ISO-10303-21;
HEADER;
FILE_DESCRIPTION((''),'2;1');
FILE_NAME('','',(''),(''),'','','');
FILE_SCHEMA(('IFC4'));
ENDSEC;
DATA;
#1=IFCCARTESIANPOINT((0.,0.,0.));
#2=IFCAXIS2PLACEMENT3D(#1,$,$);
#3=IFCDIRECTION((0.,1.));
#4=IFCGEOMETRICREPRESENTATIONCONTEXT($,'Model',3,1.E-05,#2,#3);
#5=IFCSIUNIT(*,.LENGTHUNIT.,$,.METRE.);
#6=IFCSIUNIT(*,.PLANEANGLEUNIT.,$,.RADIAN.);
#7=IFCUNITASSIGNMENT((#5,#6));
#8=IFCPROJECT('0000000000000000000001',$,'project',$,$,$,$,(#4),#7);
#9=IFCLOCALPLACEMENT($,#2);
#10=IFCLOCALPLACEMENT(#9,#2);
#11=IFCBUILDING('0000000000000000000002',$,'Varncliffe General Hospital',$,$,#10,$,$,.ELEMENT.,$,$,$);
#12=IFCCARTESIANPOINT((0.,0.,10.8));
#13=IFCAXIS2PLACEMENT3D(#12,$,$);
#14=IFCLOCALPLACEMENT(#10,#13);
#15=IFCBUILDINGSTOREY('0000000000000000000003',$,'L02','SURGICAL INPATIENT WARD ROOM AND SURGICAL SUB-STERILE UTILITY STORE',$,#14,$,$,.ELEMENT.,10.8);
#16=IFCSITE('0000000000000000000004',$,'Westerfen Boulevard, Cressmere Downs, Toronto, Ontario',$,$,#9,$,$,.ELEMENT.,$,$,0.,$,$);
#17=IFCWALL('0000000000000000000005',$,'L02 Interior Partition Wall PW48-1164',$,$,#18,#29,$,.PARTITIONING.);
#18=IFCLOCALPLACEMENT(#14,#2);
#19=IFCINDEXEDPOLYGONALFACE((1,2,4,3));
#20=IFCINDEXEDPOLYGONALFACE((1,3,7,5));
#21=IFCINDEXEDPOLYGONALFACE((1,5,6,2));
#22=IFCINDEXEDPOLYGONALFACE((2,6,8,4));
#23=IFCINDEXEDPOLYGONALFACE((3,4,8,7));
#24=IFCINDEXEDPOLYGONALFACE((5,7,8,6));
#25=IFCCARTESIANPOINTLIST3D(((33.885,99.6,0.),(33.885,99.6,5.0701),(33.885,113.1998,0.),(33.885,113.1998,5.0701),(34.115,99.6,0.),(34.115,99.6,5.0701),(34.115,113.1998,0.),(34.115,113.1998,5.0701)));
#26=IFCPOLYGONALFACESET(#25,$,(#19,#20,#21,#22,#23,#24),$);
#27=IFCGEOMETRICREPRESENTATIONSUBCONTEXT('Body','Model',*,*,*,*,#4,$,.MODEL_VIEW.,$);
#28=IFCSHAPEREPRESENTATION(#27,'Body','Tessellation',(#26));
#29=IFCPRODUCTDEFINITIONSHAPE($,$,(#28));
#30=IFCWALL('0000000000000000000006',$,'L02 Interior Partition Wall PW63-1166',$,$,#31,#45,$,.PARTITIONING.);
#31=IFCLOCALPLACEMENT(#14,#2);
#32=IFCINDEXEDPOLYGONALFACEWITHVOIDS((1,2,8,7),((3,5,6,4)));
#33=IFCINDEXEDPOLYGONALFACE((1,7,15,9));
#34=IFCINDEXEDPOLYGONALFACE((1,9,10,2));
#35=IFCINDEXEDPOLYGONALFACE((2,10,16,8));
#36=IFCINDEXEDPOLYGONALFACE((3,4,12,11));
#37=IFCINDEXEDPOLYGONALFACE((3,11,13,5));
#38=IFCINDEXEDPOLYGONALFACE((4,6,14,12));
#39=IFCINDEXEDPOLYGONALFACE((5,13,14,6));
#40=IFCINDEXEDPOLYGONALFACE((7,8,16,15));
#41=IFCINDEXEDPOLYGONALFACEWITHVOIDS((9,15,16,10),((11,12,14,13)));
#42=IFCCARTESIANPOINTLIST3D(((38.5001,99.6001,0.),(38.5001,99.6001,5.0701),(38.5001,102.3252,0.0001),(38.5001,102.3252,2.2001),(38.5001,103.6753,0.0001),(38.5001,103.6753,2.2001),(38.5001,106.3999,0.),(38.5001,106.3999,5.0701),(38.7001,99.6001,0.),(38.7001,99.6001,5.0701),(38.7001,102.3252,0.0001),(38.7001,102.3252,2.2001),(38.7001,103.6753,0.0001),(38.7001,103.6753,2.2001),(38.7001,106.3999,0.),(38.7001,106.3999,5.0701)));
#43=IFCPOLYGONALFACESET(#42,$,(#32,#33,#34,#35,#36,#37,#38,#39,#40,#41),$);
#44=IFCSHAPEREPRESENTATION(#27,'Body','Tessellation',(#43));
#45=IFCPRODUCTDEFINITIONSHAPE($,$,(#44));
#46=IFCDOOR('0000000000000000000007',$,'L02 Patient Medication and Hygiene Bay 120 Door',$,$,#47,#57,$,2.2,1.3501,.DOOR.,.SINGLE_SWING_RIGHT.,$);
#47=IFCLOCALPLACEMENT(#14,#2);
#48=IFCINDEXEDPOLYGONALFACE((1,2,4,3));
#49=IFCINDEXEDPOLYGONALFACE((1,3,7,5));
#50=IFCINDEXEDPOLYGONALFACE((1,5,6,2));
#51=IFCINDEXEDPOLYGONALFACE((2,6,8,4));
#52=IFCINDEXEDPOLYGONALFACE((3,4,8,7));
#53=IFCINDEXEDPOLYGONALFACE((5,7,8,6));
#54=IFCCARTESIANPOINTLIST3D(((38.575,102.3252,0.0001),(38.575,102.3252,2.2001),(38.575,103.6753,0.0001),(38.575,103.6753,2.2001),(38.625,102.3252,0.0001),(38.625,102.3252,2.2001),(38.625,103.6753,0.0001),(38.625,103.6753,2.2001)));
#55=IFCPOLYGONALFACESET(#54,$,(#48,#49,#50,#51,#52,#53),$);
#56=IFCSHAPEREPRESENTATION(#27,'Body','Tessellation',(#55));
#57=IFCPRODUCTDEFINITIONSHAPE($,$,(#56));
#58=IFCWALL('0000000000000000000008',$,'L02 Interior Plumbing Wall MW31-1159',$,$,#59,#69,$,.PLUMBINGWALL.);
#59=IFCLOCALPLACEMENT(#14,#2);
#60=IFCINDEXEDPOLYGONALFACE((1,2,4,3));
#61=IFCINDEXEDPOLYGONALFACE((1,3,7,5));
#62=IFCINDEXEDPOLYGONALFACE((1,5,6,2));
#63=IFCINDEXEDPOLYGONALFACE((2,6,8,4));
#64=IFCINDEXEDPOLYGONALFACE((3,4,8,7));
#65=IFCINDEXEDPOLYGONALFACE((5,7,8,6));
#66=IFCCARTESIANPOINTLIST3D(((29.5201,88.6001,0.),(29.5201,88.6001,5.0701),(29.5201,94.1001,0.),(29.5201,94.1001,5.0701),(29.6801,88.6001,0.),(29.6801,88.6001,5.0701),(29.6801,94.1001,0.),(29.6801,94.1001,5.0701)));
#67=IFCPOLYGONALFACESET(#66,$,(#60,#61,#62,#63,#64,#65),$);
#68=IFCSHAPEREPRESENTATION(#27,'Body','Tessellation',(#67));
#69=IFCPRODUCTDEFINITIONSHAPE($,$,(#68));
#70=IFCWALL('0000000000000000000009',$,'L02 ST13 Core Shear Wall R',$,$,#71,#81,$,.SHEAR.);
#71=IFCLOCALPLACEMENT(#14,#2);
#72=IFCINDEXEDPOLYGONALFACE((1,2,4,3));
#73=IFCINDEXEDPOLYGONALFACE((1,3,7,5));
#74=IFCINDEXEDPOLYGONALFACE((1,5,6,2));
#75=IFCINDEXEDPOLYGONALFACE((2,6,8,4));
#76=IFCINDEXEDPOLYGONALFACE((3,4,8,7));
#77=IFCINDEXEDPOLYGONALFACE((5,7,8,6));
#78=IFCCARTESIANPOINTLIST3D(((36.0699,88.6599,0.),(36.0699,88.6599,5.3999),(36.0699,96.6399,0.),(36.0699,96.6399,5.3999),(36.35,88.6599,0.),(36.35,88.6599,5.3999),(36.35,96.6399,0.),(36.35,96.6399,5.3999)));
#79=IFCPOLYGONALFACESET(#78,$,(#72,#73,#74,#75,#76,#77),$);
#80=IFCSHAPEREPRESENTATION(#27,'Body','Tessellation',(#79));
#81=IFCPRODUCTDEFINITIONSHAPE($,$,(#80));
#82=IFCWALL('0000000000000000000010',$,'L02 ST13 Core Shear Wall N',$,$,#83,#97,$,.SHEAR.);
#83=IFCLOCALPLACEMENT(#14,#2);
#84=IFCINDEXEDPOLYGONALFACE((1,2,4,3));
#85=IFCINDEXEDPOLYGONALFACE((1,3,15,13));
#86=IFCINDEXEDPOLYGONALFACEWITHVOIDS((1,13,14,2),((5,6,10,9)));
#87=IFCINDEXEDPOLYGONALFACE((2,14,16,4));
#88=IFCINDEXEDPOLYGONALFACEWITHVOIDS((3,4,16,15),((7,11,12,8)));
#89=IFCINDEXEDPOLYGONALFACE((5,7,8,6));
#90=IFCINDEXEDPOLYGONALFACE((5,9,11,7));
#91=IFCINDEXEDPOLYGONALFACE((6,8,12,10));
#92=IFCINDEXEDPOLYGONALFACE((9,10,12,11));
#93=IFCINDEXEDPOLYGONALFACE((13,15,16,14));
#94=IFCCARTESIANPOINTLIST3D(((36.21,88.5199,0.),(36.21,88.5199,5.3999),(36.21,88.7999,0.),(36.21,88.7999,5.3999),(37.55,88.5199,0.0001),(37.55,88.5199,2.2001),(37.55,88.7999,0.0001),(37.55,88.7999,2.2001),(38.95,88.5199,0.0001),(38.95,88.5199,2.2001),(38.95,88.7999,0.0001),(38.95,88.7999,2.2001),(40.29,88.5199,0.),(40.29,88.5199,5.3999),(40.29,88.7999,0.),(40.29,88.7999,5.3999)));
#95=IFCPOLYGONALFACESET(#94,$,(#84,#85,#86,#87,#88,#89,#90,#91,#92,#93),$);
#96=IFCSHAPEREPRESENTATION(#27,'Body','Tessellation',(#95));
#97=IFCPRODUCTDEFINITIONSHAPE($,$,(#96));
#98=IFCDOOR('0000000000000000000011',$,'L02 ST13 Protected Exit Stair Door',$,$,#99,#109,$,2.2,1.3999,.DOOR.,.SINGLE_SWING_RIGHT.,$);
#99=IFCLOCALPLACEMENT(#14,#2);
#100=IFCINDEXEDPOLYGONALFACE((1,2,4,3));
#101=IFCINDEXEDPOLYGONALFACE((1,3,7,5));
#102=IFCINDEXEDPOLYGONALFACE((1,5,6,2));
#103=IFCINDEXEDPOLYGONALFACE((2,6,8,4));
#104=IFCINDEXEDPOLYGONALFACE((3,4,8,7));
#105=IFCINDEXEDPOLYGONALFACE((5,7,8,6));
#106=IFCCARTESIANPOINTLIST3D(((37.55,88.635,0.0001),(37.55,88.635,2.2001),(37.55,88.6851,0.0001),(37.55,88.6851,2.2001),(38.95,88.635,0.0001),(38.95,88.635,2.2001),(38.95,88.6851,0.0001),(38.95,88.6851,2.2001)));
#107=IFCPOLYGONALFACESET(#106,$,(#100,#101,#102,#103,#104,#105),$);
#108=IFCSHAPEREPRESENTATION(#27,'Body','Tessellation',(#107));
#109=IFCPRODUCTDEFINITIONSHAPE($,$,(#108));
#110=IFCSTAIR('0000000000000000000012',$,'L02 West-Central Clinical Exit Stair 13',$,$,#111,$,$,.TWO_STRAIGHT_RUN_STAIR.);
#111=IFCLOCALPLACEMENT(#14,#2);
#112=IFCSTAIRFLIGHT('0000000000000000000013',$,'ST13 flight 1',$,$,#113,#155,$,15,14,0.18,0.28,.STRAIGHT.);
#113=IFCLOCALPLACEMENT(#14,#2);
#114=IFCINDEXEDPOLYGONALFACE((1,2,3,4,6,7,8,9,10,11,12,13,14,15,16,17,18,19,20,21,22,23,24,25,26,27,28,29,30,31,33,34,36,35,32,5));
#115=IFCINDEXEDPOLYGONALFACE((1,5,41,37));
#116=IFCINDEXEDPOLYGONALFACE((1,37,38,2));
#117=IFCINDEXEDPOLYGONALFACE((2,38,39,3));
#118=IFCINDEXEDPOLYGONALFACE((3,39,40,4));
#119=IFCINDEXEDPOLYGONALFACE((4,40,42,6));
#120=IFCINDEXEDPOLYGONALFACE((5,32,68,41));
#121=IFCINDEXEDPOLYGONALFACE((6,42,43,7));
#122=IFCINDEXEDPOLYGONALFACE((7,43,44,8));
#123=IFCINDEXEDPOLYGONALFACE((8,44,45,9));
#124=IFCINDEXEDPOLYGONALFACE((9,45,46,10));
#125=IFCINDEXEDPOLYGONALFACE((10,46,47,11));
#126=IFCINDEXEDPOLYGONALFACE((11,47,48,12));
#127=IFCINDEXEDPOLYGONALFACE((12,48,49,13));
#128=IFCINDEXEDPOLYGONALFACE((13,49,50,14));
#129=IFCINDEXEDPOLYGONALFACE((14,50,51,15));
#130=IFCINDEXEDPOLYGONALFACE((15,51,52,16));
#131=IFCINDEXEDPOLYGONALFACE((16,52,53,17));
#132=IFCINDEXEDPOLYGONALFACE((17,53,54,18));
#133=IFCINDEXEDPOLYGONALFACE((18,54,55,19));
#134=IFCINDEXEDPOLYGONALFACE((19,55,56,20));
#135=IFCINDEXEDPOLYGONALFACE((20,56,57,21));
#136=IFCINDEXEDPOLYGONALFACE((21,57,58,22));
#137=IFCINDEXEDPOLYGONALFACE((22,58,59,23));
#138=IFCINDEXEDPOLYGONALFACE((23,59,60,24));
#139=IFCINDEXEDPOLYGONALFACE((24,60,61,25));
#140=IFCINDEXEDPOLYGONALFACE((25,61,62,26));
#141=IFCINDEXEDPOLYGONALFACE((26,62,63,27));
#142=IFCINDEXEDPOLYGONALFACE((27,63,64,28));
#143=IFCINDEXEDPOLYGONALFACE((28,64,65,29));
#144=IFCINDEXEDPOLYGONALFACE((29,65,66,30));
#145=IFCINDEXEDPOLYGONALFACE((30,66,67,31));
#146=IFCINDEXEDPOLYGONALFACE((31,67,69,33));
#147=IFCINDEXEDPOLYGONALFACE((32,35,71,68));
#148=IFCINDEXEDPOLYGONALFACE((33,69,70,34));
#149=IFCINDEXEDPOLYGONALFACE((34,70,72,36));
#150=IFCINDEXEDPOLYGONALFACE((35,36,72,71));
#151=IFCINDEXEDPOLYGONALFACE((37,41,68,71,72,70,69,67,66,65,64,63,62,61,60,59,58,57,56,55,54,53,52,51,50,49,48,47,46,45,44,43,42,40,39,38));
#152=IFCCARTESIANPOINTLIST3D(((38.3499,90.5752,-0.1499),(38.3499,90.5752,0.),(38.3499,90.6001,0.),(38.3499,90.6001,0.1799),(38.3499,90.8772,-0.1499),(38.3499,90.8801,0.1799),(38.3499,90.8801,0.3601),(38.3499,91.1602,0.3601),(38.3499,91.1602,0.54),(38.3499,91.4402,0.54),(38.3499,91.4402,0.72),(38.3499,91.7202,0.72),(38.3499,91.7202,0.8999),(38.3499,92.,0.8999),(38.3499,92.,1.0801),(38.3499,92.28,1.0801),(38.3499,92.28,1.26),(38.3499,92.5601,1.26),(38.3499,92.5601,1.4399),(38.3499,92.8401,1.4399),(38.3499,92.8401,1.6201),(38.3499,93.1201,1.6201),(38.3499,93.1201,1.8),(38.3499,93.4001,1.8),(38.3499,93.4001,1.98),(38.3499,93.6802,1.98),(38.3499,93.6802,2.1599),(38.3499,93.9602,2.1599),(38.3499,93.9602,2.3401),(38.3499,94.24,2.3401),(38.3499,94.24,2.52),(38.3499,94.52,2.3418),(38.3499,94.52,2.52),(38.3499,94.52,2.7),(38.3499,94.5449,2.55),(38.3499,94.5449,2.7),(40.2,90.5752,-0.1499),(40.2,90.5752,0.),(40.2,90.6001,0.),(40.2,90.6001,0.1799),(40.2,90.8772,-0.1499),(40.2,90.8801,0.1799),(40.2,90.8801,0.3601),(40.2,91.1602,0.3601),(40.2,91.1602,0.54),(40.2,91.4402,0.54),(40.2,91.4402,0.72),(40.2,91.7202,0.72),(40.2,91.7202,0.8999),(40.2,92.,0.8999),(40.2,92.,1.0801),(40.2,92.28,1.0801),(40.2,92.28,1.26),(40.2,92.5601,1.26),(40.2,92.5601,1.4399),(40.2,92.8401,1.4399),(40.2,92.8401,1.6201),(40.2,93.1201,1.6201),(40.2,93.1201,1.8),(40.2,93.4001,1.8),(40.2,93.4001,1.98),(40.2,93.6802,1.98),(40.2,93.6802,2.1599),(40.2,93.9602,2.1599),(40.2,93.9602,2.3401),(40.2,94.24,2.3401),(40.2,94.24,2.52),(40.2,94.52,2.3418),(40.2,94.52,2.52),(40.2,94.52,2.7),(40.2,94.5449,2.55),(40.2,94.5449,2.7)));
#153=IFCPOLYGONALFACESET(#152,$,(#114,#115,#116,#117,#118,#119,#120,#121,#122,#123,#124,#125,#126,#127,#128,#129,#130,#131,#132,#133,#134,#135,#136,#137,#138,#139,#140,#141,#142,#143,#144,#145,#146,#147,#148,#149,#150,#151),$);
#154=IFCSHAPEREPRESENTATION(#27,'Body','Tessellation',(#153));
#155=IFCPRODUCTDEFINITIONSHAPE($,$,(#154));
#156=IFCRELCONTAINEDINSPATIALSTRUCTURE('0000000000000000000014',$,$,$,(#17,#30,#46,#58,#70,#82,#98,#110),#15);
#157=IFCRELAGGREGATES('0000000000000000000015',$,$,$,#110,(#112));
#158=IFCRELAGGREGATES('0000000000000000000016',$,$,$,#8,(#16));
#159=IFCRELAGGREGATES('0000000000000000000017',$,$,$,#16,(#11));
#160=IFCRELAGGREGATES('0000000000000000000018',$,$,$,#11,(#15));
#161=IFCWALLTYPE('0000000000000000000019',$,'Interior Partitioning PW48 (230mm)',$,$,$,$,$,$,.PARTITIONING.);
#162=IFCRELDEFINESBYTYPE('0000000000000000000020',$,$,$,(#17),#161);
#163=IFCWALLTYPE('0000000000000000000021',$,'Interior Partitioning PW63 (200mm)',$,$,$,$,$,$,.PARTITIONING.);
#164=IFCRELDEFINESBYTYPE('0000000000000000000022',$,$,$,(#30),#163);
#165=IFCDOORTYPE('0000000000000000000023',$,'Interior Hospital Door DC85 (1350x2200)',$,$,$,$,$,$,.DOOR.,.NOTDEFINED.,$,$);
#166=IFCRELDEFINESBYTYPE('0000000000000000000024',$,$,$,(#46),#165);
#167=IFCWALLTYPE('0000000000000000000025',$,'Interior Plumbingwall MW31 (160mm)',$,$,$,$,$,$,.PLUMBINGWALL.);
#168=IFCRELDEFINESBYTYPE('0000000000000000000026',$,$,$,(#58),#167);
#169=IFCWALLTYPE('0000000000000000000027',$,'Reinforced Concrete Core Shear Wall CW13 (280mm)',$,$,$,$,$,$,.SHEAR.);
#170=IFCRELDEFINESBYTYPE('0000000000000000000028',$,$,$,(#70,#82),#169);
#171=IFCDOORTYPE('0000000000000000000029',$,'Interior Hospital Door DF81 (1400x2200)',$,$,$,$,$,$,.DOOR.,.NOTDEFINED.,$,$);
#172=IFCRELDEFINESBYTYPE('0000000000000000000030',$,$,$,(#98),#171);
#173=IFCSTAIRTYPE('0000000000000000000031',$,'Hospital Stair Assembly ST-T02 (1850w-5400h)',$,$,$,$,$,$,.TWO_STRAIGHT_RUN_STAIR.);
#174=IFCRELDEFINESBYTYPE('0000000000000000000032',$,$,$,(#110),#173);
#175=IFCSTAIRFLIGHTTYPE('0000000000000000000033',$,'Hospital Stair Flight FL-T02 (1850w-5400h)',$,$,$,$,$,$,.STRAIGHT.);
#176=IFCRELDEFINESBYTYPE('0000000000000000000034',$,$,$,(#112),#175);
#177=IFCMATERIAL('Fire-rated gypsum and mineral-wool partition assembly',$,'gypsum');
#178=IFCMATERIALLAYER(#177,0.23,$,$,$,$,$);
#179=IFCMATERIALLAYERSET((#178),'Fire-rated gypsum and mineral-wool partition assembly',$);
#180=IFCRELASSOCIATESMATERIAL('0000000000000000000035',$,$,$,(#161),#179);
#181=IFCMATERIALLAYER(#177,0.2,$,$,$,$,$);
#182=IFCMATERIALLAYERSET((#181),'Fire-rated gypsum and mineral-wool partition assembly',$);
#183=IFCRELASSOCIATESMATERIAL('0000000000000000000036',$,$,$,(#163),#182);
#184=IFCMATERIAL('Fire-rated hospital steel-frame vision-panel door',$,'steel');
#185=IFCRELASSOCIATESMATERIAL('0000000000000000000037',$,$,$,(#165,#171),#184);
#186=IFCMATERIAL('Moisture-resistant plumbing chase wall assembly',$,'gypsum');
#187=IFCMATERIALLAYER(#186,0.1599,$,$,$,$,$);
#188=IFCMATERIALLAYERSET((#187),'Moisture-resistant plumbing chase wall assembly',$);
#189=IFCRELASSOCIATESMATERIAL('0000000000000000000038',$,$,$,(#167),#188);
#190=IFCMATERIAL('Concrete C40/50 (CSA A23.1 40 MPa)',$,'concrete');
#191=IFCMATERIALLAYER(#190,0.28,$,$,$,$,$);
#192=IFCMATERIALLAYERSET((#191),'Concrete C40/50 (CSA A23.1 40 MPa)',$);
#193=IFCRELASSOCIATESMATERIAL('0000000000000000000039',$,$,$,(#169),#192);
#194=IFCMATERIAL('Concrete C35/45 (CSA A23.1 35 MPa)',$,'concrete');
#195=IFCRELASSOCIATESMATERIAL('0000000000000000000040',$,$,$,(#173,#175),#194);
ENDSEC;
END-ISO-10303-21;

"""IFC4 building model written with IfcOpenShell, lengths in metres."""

from ifc_helpers import new_model, si_unit, direction, frame, frame_2d, origin, place, context, subcontext, project, spatial, polyline, rectangle, outline, extrude, material, layer, layer_set, type_object, element, fill, aggregate, save


model = new_model("IFC4")

# Units and contexts
model_context = context("Model", 3, precision=1e-05, world=origin(), true_north=direction((0.0, 1.0)))
body_context = subcontext(model_context, "Body", "Model", "MODEL_VIEW")
ifc_project = project(units=[si_unit("LENGTHUNIT", "METRE"), si_unit("PLANEANGLEUNIT", "RADIAN")], contexts=[model_context])

# Site, building, storey
site_placement = place(None, origin())
site = spatial("IfcSite", under=ifc_project, at=site_placement, Name="Westerfen Boulevard, Cressmere Downs, Toronto, Ontario", CompositionType="ELEMENT", RefElevation=0.0)
building_placement = place(site_placement, origin())
building = spatial("IfcBuilding", under=site, at=building_placement, Name="Varncliffe General Hospital", CompositionType="ELEMENT")
storey_placement = place(building_placement, frame((0.0, 0.0, 10.8)))
storey = spatial("IfcBuildingStorey", under=building, at=storey_placement, Name="L02", Description="SURGICAL INPATIENT WARD ROOM AND SURGICAL SUB-STERILE UTILITY STORE", CompositionType="ELEMENT", Elevation=10.8)

# Shared definitions
ifc_material_1 = material(Name="Concrete C40/50 (CSA A23.1 40 MPa)", Category="concrete")

# Shared definitions
ifc_material_2 = material(Name="Concrete C35/45 (CSA A23.1 35 MPa)", Category="concrete")

# Wall
ifc_material_3 = material(Name="Fire-rated gypsum and mineral-wool partition assembly", Category="gypsum")
ifc_layer_1 = layer(ifc_material_3, 0.23)
ifc_layer_set_1 = layer_set([ifc_layer_1], Name="Fire-rated gypsum and mineral-wool partition assembly")
wall_type_1 = type_object("IfcWallType", Name="Interior Partitioning PW48 (230mm)", PredefinedType="PARTITIONING", material=ifc_layer_set_1)
wall_1_placement = place(storey_placement, frame((34.0, 99.6001, 0.0), z_axis=(0.0, 0.0, 1.0), x_axis=(0.0, 1.0, 0.0)))
element("IfcWall", 1, at=wall_1_placement, inside=storey, type_object=wall_type_1, Name="L02 Interior Partition Wall PW48-1164", PredefinedType="PARTITIONING", context=body_context, shape_type="SweptSolid", body=[
    extrude(rectangle(XDim=13.5999, YDim=0.23, at=frame_2d((6.7998, 0.0))), origin(), (0.0, 0.0, 1.0), 5.0701),
])

# Wall, opening, door
ifc_layer_2 = layer(ifc_material_3, 0.2)
ifc_layer_set_2 = layer_set([ifc_layer_2], Name="Fire-rated gypsum and mineral-wool partition assembly")
wall_type_2 = type_object("IfcWallType", Name="Interior Partitioning PW63 (200mm)", PredefinedType="PARTITIONING", material=ifc_layer_set_2)
wall_2_placement = place(storey_placement, frame((38.6001, 99.6001, 0.0), z_axis=(0.0, 0.0, 1.0), x_axis=(0.0, 1.0, 0.0)))
wall_2 = element("IfcWall", 2, at=wall_2_placement, inside=storey, type_object=wall_type_2, Name="L02 Interior Partition Wall PW63-1166", PredefinedType="PARTITIONING", context=body_context, shape_type="SweptSolid", body=[
    extrude(rectangle(XDim=6.7998, YDim=0.2, at=frame_2d((3.3999, 0.0))), origin(), (0.0, 0.0, 1.0), 5.0701),
])
opening_1_placement = place(wall_2_placement, frame((2.7251, 0.0, 0.0)))
opening_1 = element("IfcOpeningElement", 3, at=opening_1_placement, cuts=wall_2, PredefinedType="OPENING", context=body_context, shape_type="SweptSolid", body=[
    extrude(rectangle(XDim=1.3501, YDim=2.2, at=frame_2d((0.675, 1.1001))), frame((0.0, 0.1099, 0.0), z_axis=(0.0, -1.0, 0.0), x_axis=(1.0, 0.0, 0.0)), (0.0, 0.0, 1.0), 0.22),
])
ifc_material_4 = material(Name="Fire-rated hospital steel-frame vision-panel door", Category="steel")
door_type_1 = type_object("IfcDoorType", Name="Interior Hospital Door DC85 (1350x2200)", OperationType="NOTDEFINED", PredefinedType="DOOR", material=ifc_material_4)
door_1_placement = place(opening_1_placement, frame((1.3501, 0.0, 0.0), z_axis=(0.0, 0.0, 1.0), x_axis=(-1.0, 0.0, 0.0)))
door_1 = element("IfcDoor", 4, at=door_1_placement, inside=storey, type_object=door_type_1, Name="L02 Patient Medication and Hygiene Bay 120 Door", OperationType="SINGLE_SWING_RIGHT", OverallHeight=2.2, OverallWidth=1.3501, PredefinedType="DOOR", context=body_context, shape_type="SweptSolid", body=[
    extrude(rectangle(XDim=1.3501, YDim=2.2, at=frame_2d((0.675, 1.1001))), frame((0.0, 0.0249, 0.0), z_axis=(0.0, -1.0, 0.0), x_axis=(1.0, 0.0, 0.0)), (0.0, 0.0, 1.0), 0.05),
])
fill(opening_1, door_1)

# Walls
ifc_material_5 = material(Name="Moisture-resistant plumbing chase wall assembly", Category="gypsum")
ifc_layer_3 = layer(ifc_material_5, 0.1599)
ifc_layer_set_3 = layer_set([ifc_layer_3], Name="Moisture-resistant plumbing chase wall assembly")
wall_type_3 = type_object("IfcWallType", Name="Interior Plumbingwall MW31 (160mm)", PredefinedType="PLUMBINGWALL", material=ifc_layer_set_3)
wall_3_placement = place(storey_placement, frame((29.6001, 88.6001, 0.0), z_axis=(0.0, 0.0, 1.0), x_axis=(0.0, 1.0, 0.0)))
element("IfcWall", 5, at=wall_3_placement, inside=storey, type_object=wall_type_3, Name="L02 Interior Plumbing Wall MW31-1159", PredefinedType="PLUMBINGWALL", context=body_context, shape_type="SweptSolid", body=[
    extrude(rectangle(XDim=5.5, YDim=0.1599, at=frame_2d((2.75, 0.0))), origin(), (0.0, 0.0, 1.0), 5.0701),
])
ifc_layer_4 = layer(ifc_material_1, 0.28)
ifc_layer_set_4 = layer_set([ifc_layer_4], Name="Concrete C40/50 (CSA A23.1 40 MPa)")
wall_type_4 = type_object("IfcWallType", Name="Reinforced Concrete Core Shear Wall CW13 (280mm)", PredefinedType="SHEAR", material=ifc_layer_set_4)
wall_4_placement = place(storey_placement, frame((36.21, 96.6399, 0.0), z_axis=(0.0, 0.0, 1.0), x_axis=(0.0, -1.0, 0.0)))
element("IfcWall", 6, at=wall_4_placement, inside=storey, type_object=wall_type_4, Name="L02 ST13 Core Shear Wall R", PredefinedType="SHEAR", context=body_context, shape_type="SweptSolid", body=[
    extrude(rectangle(XDim=7.98, YDim=0.28, at=frame_2d((3.99, 0.0))), origin(), (0.0, 0.0, 1.0), 5.3999),
])

# Wall, opening, door
wall_5_placement = place(storey_placement, frame((36.21, 88.6599, 0.0), z_axis=(0.0, 0.0, 1.0), x_axis=(1.0, 0.0, 0.0)))
wall_5 = element("IfcWall", 7, at=wall_5_placement, inside=storey, type_object=wall_type_4, Name="L02 ST13 Core Shear Wall N", PredefinedType="SHEAR", context=body_context, shape_type="SweptSolid", body=[
    extrude(rectangle(XDim=4.0801, YDim=0.28, at=frame_2d((2.04, 0.0))), origin(), (0.0, 0.0, 1.0), 5.3999),
])
opening_2_placement = place(wall_5_placement, frame((1.3401, 0.0, 0.0)))
opening_2 = element("IfcOpeningElement", 8, at=opening_2_placement, cuts=wall_5, PredefinedType="OPENING", context=body_context, shape_type="SweptSolid", body=[
    extrude(rectangle(XDim=1.3999, YDim=2.2, at=frame_2d((0.7, 1.1001))), frame((0.0, 0.1499, 0.0), z_axis=(0.0, -1.0, 0.0), x_axis=(1.0, 0.0, 0.0)), (0.0, 0.0, 1.0), 0.3),
])
door_type_2 = type_object("IfcDoorType", Name="Interior Hospital Door DF81 (1400x2200)", OperationType="NOTDEFINED", PredefinedType="DOOR", material=ifc_material_4)
door_2_placement = place(opening_2_placement, frame((1.3999, 0.0, 0.0), z_axis=(0.0, 0.0, 1.0), x_axis=(-1.0, 0.0, 0.0)))
door_2 = element("IfcDoor", 9, at=door_2_placement, inside=storey, type_object=door_type_2, Name="L02 ST13 Protected Exit Stair Door", OperationType="SINGLE_SWING_RIGHT", OverallHeight=2.2, OverallWidth=1.3999, PredefinedType="DOOR", context=body_context, shape_type="SweptSolid", body=[
    extrude(rectangle(XDim=1.3999, YDim=2.2, at=frame_2d((0.7, 1.1001))), frame((0.0, 0.0249, 0.0), z_axis=(0.0, -1.0, 0.0), x_axis=(1.0, 0.0, 0.0)), (0.0, 0.0, 1.0), 0.05),
])
fill(opening_2, door_2)

# Stair, stair flight
stair_type = type_object("IfcStairType", Name="Hospital Stair Assembly ST-T02 (1850w-5400h)", PredefinedType="TWO_STRAIGHT_RUN_STAIR", material=ifc_material_2)
stair_placement = place(storey_placement, origin())
stair = element("IfcStair", 10, at=stair_placement, inside=storey, type_object=stair_type, Name="L02 West-Central Clinical Exit Stair 13", PredefinedType="TWO_STRAIGHT_RUN_STAIR")
stair_flight_type = type_object("IfcStairFlightType", Name="Hospital Stair Flight FL-T02 (1850w-5400h)", PredefinedType="STRAIGHT", material=ifc_material_2)
stair_flight_1_placement = place(storey_placement, frame((39.2749, 90.6001, 0.0), z_axis=(0.0, 0.0, 1.0), x_axis=(0.0, 1.0, 0.0)))
stair_flight_1 = element("IfcStairFlight", 11, at=stair_flight_1_placement, type_object=stair_flight_type, Name="ST13 flight 1", NumberOfRisers=15, NumberOfTreads=14, PredefinedType="STRAIGHT", RiserHeight=0.18, TreadLength=0.28, context=body_context, shape_type="SweptSolid", body=[
    extrude(outline(polyline([(-0.0249, -0.1499), (-0.0249, 0.0), (0.0, 0.0), (0.0, 0.1799), (0.28, 0.1799), (0.28, 0.3601), (0.5601, 0.3601), (0.5601, 0.54), (0.8401, 0.54), (0.8401, 0.72), (1.1201, 0.72), (1.1201, 0.8999), (1.3999, 0.8999), (1.3999, 1.0801), (1.6799, 1.0801), (1.6799, 1.26), (1.96, 1.26), (1.96, 1.4399), (2.24, 1.4399), (2.24, 1.6201), (2.52, 1.6201), (2.52, 1.8), (2.8, 1.8), (2.8, 1.98), (3.0801, 1.98), (3.0801, 2.1599), (3.3601, 2.1599), (3.3601, 2.3401), (3.6399, 2.3401), (3.6399, 2.52), (3.9199, 2.52), (3.9199, 2.7), (3.9448, 2.7), (3.9448, 2.55), (3.9199, 2.3418), (0.2771, -0.1499), (-0.0249, -0.1499)])), frame((0.0, 0.925, 0.0), z_axis=(0.0, -1.0, 0.0), x_axis=(1.0, 0.0, 0.0)), (0.0, 0.0, 1.0), 1.8501),
])
aggregate(stair, [stair_flight_1])

save(model, "model.ifc")
